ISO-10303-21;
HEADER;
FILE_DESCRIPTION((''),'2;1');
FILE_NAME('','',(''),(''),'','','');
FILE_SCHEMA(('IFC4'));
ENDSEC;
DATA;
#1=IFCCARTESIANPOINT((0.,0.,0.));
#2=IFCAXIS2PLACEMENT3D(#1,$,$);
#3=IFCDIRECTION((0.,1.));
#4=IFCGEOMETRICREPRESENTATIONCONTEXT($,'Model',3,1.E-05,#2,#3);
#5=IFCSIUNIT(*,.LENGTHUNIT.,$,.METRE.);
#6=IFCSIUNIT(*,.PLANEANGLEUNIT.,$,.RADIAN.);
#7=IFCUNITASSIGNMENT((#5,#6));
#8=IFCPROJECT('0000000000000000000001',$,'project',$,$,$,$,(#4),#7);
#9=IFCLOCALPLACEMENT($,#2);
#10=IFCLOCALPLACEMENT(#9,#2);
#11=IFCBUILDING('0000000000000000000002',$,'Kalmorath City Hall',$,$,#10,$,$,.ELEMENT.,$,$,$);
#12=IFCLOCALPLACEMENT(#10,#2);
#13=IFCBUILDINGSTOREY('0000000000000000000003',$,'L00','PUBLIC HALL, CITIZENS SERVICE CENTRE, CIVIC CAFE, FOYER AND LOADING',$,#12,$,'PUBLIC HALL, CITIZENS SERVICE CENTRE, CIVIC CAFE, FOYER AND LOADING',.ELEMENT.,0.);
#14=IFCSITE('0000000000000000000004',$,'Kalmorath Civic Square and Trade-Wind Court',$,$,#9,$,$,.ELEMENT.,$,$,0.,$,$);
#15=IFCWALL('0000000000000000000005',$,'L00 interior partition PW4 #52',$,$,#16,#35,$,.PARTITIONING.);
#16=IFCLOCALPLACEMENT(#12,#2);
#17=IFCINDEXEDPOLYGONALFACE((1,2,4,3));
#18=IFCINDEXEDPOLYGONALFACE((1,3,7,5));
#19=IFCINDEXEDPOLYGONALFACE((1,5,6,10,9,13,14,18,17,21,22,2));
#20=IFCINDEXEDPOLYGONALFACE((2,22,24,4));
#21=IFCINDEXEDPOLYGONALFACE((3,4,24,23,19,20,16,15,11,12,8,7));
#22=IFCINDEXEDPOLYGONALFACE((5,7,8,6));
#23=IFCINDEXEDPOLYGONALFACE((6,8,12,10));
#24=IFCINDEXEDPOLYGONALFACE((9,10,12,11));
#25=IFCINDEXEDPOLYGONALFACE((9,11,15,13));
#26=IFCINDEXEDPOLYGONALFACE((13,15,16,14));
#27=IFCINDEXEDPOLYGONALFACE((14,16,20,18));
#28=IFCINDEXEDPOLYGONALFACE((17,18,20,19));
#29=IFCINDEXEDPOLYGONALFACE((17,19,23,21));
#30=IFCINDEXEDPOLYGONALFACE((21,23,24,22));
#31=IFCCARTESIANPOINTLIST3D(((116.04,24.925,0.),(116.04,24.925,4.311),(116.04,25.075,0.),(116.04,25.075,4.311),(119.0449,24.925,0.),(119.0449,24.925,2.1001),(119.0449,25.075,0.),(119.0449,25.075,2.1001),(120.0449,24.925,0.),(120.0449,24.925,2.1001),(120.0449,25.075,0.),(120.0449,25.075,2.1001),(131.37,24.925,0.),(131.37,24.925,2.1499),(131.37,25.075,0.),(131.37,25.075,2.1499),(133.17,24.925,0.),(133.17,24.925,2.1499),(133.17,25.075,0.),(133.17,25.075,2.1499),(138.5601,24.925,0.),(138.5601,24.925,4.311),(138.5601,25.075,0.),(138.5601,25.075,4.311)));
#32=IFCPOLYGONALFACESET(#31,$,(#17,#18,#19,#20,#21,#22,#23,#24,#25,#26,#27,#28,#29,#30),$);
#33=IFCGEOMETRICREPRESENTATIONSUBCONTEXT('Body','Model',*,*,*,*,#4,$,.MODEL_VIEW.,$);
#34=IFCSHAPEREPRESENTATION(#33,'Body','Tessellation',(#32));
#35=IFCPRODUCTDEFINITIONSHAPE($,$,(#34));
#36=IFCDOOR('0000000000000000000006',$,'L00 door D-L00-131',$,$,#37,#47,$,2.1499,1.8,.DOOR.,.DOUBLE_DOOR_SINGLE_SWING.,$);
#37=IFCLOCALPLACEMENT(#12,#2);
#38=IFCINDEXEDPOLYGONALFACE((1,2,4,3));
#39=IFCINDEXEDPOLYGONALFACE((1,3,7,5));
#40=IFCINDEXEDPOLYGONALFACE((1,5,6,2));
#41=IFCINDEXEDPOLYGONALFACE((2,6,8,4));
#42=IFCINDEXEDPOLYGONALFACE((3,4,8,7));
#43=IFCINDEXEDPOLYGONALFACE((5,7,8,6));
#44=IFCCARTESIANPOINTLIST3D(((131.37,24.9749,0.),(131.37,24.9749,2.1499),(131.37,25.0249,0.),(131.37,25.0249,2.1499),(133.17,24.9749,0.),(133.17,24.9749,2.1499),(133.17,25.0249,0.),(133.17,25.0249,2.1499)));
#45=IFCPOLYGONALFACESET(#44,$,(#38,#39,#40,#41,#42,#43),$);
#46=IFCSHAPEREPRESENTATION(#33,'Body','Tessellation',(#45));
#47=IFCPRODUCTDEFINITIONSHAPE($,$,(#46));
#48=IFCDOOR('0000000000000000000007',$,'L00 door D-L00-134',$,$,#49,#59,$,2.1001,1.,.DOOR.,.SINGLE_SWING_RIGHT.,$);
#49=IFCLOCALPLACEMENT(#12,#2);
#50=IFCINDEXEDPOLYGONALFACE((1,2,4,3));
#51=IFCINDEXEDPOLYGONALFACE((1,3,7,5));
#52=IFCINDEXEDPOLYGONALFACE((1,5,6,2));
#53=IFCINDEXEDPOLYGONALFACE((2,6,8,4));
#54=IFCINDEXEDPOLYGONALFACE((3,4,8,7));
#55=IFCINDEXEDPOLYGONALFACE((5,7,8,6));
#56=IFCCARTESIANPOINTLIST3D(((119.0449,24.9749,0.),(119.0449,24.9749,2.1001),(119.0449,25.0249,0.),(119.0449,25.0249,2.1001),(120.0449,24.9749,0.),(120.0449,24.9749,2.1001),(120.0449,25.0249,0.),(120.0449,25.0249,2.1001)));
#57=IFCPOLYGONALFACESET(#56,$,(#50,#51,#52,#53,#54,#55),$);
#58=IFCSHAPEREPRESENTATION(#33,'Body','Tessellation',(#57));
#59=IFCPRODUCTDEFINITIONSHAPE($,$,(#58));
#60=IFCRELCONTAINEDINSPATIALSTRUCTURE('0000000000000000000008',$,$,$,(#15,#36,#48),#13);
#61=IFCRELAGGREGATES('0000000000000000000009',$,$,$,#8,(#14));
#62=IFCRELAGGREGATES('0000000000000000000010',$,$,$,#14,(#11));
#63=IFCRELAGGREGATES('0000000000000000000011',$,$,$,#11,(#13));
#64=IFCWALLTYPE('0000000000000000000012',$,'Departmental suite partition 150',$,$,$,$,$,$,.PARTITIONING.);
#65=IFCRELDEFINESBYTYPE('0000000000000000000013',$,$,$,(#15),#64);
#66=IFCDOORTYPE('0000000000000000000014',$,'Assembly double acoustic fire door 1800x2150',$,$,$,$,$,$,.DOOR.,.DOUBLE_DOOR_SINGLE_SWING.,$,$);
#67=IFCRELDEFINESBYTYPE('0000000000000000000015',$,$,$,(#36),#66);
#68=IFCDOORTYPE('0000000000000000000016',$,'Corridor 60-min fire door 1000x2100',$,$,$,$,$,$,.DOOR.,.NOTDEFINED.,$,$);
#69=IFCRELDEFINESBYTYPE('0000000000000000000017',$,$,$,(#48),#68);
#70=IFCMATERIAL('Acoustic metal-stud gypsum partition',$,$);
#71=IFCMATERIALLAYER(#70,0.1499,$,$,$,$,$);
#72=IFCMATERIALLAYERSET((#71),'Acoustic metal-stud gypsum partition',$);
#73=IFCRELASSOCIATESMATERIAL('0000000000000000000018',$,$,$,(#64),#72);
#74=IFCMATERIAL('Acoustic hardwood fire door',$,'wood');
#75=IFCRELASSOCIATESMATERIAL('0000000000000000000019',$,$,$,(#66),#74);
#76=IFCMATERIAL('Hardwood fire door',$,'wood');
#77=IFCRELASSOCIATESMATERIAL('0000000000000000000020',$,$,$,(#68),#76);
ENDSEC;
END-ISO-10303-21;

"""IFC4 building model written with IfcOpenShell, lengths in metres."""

from ifc_helpers import new_model, si_unit, direction, frame, frame_2d, origin, place, context, subcontext, project, spatial, rectangle, extrude, material, layer, layer_set, type_object, element, fill, save


model = new_model("IFC4")

# Units and contexts
model_context = context("Model", 3, precision=1e-05, world=origin(), true_north=direction((0.0, 1.0)))
body_context = subcontext(model_context, "Body", "Model", "MODEL_VIEW")
ifc_project = project(units=[si_unit("LENGTHUNIT", "METRE"), si_unit("PLANEANGLEUNIT", "RADIAN")], contexts=[model_context])

# Site, building, storey
site_placement = place(None, origin())
site = spatial("IfcSite", under=ifc_project, at=site_placement, Name="Kalmorath Civic Square and Trade-Wind Court", CompositionType="ELEMENT", RefElevation=0.0)
building_placement = place(site_placement, origin())
building = spatial("IfcBuilding", under=site, at=building_placement, Name="Kalmorath City Hall", CompositionType="ELEMENT")
storey_placement = place(building_placement, origin())
storey = spatial("IfcBuildingStorey", under=building, at=storey_placement, Name="L00", Description="PUBLIC HALL, CITIZENS SERVICE CENTRE, CIVIC CAFE, FOYER AND LOADING", LongName="PUBLIC HALL, CITIZENS SERVICE CENTRE, CIVIC CAFE, FOYER AND LOADING", CompositionType="ELEMENT", Elevation=0.0)

# Wall, openings, doors
ifc_material_1 = material(Name="Acoustic metal-stud gypsum partition")
ifc_layer_1 = layer(ifc_material_1, 0.1499)
ifc_layer_set_1 = layer_set([ifc_layer_1], Name="Acoustic metal-stud gypsum partition")
wall_type = type_object("IfcWallType", Name="Departmental suite partition 150", PredefinedType="PARTITIONING", material=ifc_layer_set_1)
wall_placement = place(storey_placement, frame((116.04, 25.0, 0.0), z_axis=(0.0, 0.0, 1.0), x_axis=(1.0, 0.0, 0.0)))
wall = element("IfcWall", 1, at=wall_placement, inside=storey, type_object=wall_type, Name="L00 interior partition PW4 #52", PredefinedType="PARTITIONING", context=body_context, shape_type="SweptSolid", body=[
    extrude(rectangle(XDim=22.52, YDim=0.1499, at=frame_2d((11.26, 0.0))), origin(), (0.0, 0.0, 1.0), 4.311),
])
opening_1_placement = place(wall_placement, frame((15.3301, 0.0, 0.0)))
opening_1 = element("IfcOpeningElement", 2, at=opening_1_placement, cuts=wall, PredefinedType="OPENING", context=body_context, shape_type="SweptSolid", body=[
    extrude(rectangle(XDim=1.8, YDim=2.1499, at=frame_2d((0.8999, 1.075))), frame((0.0, 0.085, 0.0), z_axis=(0.0, -1.0, 0.0), x_axis=(1.0, 0.0, 0.0)), (0.0, 0.0, 1.0), 0.1699),
])
opening_2_placement = place(wall_placement, frame((3.0049, 0.0, 0.0)))
opening_2 = element("IfcOpeningElement", 3, at=opening_2_placement, cuts=wall, PredefinedType="OPENING", context=body_context, shape_type="SweptSolid", body=[
    extrude(rectangle(XDim=1.0, YDim=2.1001, at=frame_2d((0.5, 1.05))), frame((0.0, 0.085, 0.0), z_axis=(0.0, -1.0, 0.0), x_axis=(1.0, 0.0, 0.0)), (0.0, 0.0, 1.0), 0.1699),
])
ifc_material_2 = material(Name="Acoustic hardwood fire door", Category="wood")
door_type_1 = type_object("IfcDoorType", Name="Assembly double acoustic fire door 1800x2150", OperationType="DOUBLE_DOOR_SINGLE_SWING", PredefinedType="DOOR", material=ifc_material_2)
door_1_placement = place(opening_1_placement, origin())
door_1 = element("IfcDoor", 4, at=door_1_placement, inside=storey, type_object=door_type_1, Name="L00 door D-L00-131", OperationType="DOUBLE_DOOR_SINGLE_SWING", OverallHeight=2.1499, OverallWidth=1.8, PredefinedType="DOOR", context=body_context, shape_type="SweptSolid", body=[
    extrude(rectangle(XDim=1.8, YDim=2.1499, at=frame_2d((0.8999, 1.075))), frame((0.0, 0.0249, 0.0), z_axis=(0.0, -1.0, 0.0), x_axis=(1.0, 0.0, 0.0)), (0.0, 0.0, 1.0), 0.05),
])
fill(opening_1, door_1)
ifc_material_3 = material(Name="Hardwood fire door", Category="wood")
door_type_2 = type_object("IfcDoorType", Name="Corridor 60-min fire door 1000x2100", OperationType="NOTDEFINED", PredefinedType="DOOR", material=ifc_material_3)
door_2_placement = place(opening_2_placement, origin())
door_2 = element("IfcDoor", 5, at=door_2_placement, inside=storey, type_object=door_type_2, Name="L00 door D-L00-134", OperationType="SINGLE_SWING_RIGHT", OverallHeight=2.1001, OverallWidth=1.0, PredefinedType="DOOR", context=body_context, shape_type="SweptSolid", body=[
    extrude(rectangle(XDim=1.0, YDim=2.1001, at=frame_2d((0.5, 1.05))), frame((0.0, 0.0249, 0.0), z_axis=(0.0, -1.0, 0.0), x_axis=(1.0, 0.0, 0.0)), (0.0, 0.0, 1.0), 0.05),
])
fill(opening_2, door_2)

save(model, "model.ifc")
